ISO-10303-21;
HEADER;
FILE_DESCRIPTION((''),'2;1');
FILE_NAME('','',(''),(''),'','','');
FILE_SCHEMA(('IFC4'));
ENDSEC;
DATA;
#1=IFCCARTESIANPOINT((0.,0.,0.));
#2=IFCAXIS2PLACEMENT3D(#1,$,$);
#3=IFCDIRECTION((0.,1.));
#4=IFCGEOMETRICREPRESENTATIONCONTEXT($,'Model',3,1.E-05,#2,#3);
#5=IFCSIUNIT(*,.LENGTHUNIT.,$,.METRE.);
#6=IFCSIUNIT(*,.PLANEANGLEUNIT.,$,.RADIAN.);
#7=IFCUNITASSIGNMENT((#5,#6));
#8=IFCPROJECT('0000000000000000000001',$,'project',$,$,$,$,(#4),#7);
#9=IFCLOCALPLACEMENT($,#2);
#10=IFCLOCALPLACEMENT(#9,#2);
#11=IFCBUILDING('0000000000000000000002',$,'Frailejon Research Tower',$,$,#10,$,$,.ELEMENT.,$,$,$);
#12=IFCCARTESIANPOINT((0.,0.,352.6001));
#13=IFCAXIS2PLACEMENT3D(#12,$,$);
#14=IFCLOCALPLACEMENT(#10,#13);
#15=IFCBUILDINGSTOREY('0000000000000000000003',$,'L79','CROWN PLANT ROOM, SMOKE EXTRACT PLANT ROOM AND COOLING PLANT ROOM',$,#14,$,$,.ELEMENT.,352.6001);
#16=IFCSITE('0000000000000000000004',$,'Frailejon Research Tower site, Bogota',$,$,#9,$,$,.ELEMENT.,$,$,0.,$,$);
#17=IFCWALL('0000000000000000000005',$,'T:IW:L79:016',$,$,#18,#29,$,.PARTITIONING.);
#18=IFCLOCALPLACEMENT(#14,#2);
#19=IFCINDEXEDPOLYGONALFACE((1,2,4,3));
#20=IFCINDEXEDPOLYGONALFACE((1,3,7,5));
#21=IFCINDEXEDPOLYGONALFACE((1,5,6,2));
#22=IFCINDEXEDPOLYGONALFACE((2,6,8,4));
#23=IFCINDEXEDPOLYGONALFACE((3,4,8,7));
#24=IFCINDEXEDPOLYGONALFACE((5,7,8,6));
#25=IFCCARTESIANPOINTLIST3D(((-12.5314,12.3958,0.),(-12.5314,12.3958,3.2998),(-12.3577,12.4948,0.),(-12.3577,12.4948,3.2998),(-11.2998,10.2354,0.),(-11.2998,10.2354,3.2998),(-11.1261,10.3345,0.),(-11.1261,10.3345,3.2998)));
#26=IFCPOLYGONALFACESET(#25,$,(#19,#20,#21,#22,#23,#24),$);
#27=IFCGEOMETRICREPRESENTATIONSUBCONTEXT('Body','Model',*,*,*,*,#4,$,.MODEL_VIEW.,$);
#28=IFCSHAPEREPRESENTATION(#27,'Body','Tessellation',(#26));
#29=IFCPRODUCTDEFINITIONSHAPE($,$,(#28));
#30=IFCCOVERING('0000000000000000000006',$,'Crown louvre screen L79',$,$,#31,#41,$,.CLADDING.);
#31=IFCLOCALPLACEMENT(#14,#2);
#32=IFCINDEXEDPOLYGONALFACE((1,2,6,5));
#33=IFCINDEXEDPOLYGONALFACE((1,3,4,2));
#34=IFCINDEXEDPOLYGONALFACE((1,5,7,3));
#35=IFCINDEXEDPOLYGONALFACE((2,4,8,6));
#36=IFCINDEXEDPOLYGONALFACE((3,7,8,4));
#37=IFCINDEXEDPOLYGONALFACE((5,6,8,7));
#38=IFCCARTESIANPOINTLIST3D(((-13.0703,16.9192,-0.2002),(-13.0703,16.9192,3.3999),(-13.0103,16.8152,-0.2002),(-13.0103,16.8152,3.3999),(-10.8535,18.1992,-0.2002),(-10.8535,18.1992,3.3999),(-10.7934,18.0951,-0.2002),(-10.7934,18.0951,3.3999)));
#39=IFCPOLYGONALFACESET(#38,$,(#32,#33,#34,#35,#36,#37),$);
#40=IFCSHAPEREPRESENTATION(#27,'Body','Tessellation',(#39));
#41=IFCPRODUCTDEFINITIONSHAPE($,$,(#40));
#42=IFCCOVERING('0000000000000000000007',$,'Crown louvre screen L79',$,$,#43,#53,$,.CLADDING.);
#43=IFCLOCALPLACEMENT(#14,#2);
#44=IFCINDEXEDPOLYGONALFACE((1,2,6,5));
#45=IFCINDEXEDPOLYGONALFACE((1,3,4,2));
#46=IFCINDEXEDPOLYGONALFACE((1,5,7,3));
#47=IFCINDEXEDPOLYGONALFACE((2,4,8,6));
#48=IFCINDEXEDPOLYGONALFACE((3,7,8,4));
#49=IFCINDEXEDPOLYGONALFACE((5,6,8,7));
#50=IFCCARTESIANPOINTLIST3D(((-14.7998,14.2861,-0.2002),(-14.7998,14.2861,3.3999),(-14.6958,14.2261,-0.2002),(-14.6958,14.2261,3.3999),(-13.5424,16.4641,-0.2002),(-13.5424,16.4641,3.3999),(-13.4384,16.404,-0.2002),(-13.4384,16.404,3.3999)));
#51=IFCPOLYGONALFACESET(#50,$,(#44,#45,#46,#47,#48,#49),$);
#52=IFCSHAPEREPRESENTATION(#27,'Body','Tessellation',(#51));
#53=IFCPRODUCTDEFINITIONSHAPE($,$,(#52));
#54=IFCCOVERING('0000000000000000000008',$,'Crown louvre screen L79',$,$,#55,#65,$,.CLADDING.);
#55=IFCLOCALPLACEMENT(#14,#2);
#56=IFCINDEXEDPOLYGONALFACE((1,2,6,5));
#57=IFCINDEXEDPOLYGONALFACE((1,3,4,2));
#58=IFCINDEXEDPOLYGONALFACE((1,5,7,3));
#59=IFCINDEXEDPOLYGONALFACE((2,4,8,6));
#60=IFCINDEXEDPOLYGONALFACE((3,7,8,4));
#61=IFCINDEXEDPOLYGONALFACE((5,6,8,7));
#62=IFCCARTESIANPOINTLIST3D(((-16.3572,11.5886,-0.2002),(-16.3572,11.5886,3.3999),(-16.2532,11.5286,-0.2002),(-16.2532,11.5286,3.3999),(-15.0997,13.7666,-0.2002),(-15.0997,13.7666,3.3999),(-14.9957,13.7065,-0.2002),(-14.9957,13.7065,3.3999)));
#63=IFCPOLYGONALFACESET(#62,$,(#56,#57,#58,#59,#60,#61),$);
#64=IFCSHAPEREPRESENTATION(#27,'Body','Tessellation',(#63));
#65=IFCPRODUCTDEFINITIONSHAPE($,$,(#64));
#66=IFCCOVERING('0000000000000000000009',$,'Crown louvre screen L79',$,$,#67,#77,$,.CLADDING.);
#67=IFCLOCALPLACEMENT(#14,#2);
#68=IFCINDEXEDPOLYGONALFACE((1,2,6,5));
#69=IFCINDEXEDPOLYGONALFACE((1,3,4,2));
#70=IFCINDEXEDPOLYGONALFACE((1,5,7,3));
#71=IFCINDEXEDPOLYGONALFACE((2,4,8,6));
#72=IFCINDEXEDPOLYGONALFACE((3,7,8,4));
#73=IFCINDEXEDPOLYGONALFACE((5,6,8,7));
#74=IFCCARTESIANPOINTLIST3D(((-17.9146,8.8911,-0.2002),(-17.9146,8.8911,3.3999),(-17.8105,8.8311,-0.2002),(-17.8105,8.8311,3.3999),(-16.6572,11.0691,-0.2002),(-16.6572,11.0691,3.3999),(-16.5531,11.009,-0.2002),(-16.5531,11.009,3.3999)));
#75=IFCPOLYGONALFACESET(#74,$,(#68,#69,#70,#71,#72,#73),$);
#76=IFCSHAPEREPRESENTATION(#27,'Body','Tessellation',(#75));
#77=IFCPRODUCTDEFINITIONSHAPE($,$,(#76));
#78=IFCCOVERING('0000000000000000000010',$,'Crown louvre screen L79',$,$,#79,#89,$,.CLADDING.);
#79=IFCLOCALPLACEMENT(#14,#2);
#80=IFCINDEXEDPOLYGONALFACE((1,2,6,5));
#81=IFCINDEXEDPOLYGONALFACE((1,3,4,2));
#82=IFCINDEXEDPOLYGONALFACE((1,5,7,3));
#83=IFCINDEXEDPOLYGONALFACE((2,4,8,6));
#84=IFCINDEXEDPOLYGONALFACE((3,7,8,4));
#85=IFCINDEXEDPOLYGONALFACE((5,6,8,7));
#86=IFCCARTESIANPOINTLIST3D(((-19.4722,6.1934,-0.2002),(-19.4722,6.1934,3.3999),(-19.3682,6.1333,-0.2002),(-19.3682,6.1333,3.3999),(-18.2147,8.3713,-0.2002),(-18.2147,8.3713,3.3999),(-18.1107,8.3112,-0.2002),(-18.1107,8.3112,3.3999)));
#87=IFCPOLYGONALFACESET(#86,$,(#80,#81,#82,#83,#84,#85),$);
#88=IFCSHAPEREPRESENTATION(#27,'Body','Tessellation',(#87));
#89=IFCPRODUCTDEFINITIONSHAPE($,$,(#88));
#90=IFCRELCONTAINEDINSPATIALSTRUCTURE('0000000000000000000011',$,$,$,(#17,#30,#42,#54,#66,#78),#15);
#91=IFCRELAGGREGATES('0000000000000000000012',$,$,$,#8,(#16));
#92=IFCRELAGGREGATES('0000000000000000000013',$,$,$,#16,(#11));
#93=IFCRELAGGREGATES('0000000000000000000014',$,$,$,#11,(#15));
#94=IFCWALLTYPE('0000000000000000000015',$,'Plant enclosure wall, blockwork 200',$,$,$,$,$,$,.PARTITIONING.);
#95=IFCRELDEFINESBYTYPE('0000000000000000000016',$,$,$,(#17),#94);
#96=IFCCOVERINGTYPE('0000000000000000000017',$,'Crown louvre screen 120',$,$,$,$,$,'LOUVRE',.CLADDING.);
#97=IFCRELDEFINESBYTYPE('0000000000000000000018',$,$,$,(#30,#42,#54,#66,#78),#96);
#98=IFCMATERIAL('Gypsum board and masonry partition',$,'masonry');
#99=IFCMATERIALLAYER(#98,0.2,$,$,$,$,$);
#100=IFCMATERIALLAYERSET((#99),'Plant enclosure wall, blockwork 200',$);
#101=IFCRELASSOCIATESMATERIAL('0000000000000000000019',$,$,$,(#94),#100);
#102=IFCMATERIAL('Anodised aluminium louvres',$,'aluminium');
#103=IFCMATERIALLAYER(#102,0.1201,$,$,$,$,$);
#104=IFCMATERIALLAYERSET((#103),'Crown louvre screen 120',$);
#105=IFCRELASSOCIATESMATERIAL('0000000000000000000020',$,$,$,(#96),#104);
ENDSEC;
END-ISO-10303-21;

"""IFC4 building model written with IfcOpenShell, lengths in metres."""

from ifc_helpers import new_model, si_unit, direction, frame, frame_2d, origin, place, context, subcontext, project, spatial, polyline, rectangle, outline, extrude, material, layer, layer_set, type_object, element, save


model = new_model("IFC4")

# Units and contexts
model_context = context("Model", 3, precision=1e-05, world=origin(), true_north=direction((0.0, 1.0)))
body_context = subcontext(model_context, "Body", "Model", "MODEL_VIEW")
ifc_project = project(units=[si_unit("LENGTHUNIT", "METRE"), si_unit("PLANEANGLEUNIT", "RADIAN")], contexts=[model_context])

# Site, building, storey
site_placement = place(None, origin())
site = spatial("IfcSite", under=ifc_project, at=site_placement, Name="Frailejon Research Tower site, Bogota", CompositionType="ELEMENT", RefElevation=0.0)
building_placement = place(site_placement, origin())
building = spatial("IfcBuilding", under=site, at=building_placement, Name="Frailejon Research Tower", CompositionType="ELEMENT")
storey_placement = place(building_placement, frame((0.0, 0.0, 352.6001)))
storey = spatial("IfcBuildingStorey", under=building, at=storey_placement, Name="L79", Description="CROWN PLANT ROOM, SMOKE EXTRACT PLANT ROOM AND COOLING PLANT ROOM", CompositionType="ELEMENT", Elevation=352.6001)

# Shared definitions
ifc_material_1 = material(Name="Gypsum board and masonry partition", Category="masonry")
ifc_layer_1 = layer(ifc_material_1, 0.2)
ifc_layer_set_1 = layer_set([ifc_layer_1], Name="Plant enclosure wall, blockwork 200")
wall_type_1 = type_object("IfcWallType", Name="Plant enclosure wall, blockwork 200", PredefinedType="PARTITIONING", material=ifc_layer_set_1)

# Wall
wall_1_placement = place(storey_placement, frame((-12.4446, 12.4453, 0.0), z_axis=(0.0, 0.0, 1.0), x_axis=(0.495282, -0.868732, 0.0)))
element("IfcWall", 1, at=wall_1_placement, inside=storey, type_object=wall_type_1, Name="T:IW:L79:016", PredefinedType="PARTITIONING", context=body_context, shape_type="SweptSolid", body=[
    extrude(rectangle(XDim=2.4868, YDim=0.2, at=frame_2d((1.2434, 0.0))), origin(), (0.0, 0.0, 1.0), 3.2998),
])

# Coverings
ifc_material_2 = material(Name="Anodised aluminium louvres", Category="aluminium")
ifc_layer_2 = layer(ifc_material_2, 0.1201)
ifc_layer_set_2 = layer_set([ifc_layer_2], Name="Crown louvre screen 120")
covering_type = type_object("IfcCoveringType", Name="Crown louvre screen 120", ElementType="LOUVRE", PredefinedType="CLADDING", material=ifc_layer_set_2)
covering_placement = place(storey_placement, frame((-13.0403, 16.8672, -0.2002), z_axis=(0.866011, 0.500026, 0.0), x_axis=(-0.500026, 0.866011, 0.0)))
element("IfcCovering", 2, at=covering_placement, inside=storey, type_object=covering_type, Name="Crown louvre screen L79", PredefinedType="CLADDING", context=body_context, shape_type="SweptSolid", body=[
    extrude(outline(polyline([(-0.0601, 0.0), (0.0601, 0.0), (0.0601, 3.6001), (-0.0601, 3.6001), (-0.0601, 0.0)])), origin(), (0.0, 0.0, 1.0), 2.5598),
])
for number, where, z_axis, x_axis, name in (
    (3, (-14.7478, 14.2561, -0.2002), (0.499997, 0.866027, 0.0), (-0.866027, 0.499997, 0.0), "Crown louvre screen L79"),
    (4, (-16.3052, 11.5586, -0.2002), (0.500009, 0.86602, 0.0), (-0.86602, 0.500009, 0.0), "Crown louvre screen L79"),
    (5, (-17.8625, 8.8611, -0.2002), (0.499979, 0.866037, 0.0), (-0.866037, 0.499979, 0.0), "Crown louvre screen L79"),
    (6, (-19.4202, 6.1633, -0.2002), (0.500009, 0.86602, 0.0), (-0.86602, 0.500009, 0.0), "Crown louvre screen L79"),
):
    element("IfcCovering", number, at=place(storey_placement, frame(where, z_axis=z_axis, x_axis=x_axis)), inside=storey, type_object=covering_type, Name=name, PredefinedType="CLADDING", context=body_context, shape_type="SweptSolid", body=[
        extrude(outline(polyline([(-0.0601, 0.0), (0.0601, 0.0), (0.0601, 3.6001), (-0.0601, 3.6001), (-0.0601, 0.0)])), origin(), (0.0, 0.0, 1.0), 2.5149),
    ])

save(model, "model.ifc")
